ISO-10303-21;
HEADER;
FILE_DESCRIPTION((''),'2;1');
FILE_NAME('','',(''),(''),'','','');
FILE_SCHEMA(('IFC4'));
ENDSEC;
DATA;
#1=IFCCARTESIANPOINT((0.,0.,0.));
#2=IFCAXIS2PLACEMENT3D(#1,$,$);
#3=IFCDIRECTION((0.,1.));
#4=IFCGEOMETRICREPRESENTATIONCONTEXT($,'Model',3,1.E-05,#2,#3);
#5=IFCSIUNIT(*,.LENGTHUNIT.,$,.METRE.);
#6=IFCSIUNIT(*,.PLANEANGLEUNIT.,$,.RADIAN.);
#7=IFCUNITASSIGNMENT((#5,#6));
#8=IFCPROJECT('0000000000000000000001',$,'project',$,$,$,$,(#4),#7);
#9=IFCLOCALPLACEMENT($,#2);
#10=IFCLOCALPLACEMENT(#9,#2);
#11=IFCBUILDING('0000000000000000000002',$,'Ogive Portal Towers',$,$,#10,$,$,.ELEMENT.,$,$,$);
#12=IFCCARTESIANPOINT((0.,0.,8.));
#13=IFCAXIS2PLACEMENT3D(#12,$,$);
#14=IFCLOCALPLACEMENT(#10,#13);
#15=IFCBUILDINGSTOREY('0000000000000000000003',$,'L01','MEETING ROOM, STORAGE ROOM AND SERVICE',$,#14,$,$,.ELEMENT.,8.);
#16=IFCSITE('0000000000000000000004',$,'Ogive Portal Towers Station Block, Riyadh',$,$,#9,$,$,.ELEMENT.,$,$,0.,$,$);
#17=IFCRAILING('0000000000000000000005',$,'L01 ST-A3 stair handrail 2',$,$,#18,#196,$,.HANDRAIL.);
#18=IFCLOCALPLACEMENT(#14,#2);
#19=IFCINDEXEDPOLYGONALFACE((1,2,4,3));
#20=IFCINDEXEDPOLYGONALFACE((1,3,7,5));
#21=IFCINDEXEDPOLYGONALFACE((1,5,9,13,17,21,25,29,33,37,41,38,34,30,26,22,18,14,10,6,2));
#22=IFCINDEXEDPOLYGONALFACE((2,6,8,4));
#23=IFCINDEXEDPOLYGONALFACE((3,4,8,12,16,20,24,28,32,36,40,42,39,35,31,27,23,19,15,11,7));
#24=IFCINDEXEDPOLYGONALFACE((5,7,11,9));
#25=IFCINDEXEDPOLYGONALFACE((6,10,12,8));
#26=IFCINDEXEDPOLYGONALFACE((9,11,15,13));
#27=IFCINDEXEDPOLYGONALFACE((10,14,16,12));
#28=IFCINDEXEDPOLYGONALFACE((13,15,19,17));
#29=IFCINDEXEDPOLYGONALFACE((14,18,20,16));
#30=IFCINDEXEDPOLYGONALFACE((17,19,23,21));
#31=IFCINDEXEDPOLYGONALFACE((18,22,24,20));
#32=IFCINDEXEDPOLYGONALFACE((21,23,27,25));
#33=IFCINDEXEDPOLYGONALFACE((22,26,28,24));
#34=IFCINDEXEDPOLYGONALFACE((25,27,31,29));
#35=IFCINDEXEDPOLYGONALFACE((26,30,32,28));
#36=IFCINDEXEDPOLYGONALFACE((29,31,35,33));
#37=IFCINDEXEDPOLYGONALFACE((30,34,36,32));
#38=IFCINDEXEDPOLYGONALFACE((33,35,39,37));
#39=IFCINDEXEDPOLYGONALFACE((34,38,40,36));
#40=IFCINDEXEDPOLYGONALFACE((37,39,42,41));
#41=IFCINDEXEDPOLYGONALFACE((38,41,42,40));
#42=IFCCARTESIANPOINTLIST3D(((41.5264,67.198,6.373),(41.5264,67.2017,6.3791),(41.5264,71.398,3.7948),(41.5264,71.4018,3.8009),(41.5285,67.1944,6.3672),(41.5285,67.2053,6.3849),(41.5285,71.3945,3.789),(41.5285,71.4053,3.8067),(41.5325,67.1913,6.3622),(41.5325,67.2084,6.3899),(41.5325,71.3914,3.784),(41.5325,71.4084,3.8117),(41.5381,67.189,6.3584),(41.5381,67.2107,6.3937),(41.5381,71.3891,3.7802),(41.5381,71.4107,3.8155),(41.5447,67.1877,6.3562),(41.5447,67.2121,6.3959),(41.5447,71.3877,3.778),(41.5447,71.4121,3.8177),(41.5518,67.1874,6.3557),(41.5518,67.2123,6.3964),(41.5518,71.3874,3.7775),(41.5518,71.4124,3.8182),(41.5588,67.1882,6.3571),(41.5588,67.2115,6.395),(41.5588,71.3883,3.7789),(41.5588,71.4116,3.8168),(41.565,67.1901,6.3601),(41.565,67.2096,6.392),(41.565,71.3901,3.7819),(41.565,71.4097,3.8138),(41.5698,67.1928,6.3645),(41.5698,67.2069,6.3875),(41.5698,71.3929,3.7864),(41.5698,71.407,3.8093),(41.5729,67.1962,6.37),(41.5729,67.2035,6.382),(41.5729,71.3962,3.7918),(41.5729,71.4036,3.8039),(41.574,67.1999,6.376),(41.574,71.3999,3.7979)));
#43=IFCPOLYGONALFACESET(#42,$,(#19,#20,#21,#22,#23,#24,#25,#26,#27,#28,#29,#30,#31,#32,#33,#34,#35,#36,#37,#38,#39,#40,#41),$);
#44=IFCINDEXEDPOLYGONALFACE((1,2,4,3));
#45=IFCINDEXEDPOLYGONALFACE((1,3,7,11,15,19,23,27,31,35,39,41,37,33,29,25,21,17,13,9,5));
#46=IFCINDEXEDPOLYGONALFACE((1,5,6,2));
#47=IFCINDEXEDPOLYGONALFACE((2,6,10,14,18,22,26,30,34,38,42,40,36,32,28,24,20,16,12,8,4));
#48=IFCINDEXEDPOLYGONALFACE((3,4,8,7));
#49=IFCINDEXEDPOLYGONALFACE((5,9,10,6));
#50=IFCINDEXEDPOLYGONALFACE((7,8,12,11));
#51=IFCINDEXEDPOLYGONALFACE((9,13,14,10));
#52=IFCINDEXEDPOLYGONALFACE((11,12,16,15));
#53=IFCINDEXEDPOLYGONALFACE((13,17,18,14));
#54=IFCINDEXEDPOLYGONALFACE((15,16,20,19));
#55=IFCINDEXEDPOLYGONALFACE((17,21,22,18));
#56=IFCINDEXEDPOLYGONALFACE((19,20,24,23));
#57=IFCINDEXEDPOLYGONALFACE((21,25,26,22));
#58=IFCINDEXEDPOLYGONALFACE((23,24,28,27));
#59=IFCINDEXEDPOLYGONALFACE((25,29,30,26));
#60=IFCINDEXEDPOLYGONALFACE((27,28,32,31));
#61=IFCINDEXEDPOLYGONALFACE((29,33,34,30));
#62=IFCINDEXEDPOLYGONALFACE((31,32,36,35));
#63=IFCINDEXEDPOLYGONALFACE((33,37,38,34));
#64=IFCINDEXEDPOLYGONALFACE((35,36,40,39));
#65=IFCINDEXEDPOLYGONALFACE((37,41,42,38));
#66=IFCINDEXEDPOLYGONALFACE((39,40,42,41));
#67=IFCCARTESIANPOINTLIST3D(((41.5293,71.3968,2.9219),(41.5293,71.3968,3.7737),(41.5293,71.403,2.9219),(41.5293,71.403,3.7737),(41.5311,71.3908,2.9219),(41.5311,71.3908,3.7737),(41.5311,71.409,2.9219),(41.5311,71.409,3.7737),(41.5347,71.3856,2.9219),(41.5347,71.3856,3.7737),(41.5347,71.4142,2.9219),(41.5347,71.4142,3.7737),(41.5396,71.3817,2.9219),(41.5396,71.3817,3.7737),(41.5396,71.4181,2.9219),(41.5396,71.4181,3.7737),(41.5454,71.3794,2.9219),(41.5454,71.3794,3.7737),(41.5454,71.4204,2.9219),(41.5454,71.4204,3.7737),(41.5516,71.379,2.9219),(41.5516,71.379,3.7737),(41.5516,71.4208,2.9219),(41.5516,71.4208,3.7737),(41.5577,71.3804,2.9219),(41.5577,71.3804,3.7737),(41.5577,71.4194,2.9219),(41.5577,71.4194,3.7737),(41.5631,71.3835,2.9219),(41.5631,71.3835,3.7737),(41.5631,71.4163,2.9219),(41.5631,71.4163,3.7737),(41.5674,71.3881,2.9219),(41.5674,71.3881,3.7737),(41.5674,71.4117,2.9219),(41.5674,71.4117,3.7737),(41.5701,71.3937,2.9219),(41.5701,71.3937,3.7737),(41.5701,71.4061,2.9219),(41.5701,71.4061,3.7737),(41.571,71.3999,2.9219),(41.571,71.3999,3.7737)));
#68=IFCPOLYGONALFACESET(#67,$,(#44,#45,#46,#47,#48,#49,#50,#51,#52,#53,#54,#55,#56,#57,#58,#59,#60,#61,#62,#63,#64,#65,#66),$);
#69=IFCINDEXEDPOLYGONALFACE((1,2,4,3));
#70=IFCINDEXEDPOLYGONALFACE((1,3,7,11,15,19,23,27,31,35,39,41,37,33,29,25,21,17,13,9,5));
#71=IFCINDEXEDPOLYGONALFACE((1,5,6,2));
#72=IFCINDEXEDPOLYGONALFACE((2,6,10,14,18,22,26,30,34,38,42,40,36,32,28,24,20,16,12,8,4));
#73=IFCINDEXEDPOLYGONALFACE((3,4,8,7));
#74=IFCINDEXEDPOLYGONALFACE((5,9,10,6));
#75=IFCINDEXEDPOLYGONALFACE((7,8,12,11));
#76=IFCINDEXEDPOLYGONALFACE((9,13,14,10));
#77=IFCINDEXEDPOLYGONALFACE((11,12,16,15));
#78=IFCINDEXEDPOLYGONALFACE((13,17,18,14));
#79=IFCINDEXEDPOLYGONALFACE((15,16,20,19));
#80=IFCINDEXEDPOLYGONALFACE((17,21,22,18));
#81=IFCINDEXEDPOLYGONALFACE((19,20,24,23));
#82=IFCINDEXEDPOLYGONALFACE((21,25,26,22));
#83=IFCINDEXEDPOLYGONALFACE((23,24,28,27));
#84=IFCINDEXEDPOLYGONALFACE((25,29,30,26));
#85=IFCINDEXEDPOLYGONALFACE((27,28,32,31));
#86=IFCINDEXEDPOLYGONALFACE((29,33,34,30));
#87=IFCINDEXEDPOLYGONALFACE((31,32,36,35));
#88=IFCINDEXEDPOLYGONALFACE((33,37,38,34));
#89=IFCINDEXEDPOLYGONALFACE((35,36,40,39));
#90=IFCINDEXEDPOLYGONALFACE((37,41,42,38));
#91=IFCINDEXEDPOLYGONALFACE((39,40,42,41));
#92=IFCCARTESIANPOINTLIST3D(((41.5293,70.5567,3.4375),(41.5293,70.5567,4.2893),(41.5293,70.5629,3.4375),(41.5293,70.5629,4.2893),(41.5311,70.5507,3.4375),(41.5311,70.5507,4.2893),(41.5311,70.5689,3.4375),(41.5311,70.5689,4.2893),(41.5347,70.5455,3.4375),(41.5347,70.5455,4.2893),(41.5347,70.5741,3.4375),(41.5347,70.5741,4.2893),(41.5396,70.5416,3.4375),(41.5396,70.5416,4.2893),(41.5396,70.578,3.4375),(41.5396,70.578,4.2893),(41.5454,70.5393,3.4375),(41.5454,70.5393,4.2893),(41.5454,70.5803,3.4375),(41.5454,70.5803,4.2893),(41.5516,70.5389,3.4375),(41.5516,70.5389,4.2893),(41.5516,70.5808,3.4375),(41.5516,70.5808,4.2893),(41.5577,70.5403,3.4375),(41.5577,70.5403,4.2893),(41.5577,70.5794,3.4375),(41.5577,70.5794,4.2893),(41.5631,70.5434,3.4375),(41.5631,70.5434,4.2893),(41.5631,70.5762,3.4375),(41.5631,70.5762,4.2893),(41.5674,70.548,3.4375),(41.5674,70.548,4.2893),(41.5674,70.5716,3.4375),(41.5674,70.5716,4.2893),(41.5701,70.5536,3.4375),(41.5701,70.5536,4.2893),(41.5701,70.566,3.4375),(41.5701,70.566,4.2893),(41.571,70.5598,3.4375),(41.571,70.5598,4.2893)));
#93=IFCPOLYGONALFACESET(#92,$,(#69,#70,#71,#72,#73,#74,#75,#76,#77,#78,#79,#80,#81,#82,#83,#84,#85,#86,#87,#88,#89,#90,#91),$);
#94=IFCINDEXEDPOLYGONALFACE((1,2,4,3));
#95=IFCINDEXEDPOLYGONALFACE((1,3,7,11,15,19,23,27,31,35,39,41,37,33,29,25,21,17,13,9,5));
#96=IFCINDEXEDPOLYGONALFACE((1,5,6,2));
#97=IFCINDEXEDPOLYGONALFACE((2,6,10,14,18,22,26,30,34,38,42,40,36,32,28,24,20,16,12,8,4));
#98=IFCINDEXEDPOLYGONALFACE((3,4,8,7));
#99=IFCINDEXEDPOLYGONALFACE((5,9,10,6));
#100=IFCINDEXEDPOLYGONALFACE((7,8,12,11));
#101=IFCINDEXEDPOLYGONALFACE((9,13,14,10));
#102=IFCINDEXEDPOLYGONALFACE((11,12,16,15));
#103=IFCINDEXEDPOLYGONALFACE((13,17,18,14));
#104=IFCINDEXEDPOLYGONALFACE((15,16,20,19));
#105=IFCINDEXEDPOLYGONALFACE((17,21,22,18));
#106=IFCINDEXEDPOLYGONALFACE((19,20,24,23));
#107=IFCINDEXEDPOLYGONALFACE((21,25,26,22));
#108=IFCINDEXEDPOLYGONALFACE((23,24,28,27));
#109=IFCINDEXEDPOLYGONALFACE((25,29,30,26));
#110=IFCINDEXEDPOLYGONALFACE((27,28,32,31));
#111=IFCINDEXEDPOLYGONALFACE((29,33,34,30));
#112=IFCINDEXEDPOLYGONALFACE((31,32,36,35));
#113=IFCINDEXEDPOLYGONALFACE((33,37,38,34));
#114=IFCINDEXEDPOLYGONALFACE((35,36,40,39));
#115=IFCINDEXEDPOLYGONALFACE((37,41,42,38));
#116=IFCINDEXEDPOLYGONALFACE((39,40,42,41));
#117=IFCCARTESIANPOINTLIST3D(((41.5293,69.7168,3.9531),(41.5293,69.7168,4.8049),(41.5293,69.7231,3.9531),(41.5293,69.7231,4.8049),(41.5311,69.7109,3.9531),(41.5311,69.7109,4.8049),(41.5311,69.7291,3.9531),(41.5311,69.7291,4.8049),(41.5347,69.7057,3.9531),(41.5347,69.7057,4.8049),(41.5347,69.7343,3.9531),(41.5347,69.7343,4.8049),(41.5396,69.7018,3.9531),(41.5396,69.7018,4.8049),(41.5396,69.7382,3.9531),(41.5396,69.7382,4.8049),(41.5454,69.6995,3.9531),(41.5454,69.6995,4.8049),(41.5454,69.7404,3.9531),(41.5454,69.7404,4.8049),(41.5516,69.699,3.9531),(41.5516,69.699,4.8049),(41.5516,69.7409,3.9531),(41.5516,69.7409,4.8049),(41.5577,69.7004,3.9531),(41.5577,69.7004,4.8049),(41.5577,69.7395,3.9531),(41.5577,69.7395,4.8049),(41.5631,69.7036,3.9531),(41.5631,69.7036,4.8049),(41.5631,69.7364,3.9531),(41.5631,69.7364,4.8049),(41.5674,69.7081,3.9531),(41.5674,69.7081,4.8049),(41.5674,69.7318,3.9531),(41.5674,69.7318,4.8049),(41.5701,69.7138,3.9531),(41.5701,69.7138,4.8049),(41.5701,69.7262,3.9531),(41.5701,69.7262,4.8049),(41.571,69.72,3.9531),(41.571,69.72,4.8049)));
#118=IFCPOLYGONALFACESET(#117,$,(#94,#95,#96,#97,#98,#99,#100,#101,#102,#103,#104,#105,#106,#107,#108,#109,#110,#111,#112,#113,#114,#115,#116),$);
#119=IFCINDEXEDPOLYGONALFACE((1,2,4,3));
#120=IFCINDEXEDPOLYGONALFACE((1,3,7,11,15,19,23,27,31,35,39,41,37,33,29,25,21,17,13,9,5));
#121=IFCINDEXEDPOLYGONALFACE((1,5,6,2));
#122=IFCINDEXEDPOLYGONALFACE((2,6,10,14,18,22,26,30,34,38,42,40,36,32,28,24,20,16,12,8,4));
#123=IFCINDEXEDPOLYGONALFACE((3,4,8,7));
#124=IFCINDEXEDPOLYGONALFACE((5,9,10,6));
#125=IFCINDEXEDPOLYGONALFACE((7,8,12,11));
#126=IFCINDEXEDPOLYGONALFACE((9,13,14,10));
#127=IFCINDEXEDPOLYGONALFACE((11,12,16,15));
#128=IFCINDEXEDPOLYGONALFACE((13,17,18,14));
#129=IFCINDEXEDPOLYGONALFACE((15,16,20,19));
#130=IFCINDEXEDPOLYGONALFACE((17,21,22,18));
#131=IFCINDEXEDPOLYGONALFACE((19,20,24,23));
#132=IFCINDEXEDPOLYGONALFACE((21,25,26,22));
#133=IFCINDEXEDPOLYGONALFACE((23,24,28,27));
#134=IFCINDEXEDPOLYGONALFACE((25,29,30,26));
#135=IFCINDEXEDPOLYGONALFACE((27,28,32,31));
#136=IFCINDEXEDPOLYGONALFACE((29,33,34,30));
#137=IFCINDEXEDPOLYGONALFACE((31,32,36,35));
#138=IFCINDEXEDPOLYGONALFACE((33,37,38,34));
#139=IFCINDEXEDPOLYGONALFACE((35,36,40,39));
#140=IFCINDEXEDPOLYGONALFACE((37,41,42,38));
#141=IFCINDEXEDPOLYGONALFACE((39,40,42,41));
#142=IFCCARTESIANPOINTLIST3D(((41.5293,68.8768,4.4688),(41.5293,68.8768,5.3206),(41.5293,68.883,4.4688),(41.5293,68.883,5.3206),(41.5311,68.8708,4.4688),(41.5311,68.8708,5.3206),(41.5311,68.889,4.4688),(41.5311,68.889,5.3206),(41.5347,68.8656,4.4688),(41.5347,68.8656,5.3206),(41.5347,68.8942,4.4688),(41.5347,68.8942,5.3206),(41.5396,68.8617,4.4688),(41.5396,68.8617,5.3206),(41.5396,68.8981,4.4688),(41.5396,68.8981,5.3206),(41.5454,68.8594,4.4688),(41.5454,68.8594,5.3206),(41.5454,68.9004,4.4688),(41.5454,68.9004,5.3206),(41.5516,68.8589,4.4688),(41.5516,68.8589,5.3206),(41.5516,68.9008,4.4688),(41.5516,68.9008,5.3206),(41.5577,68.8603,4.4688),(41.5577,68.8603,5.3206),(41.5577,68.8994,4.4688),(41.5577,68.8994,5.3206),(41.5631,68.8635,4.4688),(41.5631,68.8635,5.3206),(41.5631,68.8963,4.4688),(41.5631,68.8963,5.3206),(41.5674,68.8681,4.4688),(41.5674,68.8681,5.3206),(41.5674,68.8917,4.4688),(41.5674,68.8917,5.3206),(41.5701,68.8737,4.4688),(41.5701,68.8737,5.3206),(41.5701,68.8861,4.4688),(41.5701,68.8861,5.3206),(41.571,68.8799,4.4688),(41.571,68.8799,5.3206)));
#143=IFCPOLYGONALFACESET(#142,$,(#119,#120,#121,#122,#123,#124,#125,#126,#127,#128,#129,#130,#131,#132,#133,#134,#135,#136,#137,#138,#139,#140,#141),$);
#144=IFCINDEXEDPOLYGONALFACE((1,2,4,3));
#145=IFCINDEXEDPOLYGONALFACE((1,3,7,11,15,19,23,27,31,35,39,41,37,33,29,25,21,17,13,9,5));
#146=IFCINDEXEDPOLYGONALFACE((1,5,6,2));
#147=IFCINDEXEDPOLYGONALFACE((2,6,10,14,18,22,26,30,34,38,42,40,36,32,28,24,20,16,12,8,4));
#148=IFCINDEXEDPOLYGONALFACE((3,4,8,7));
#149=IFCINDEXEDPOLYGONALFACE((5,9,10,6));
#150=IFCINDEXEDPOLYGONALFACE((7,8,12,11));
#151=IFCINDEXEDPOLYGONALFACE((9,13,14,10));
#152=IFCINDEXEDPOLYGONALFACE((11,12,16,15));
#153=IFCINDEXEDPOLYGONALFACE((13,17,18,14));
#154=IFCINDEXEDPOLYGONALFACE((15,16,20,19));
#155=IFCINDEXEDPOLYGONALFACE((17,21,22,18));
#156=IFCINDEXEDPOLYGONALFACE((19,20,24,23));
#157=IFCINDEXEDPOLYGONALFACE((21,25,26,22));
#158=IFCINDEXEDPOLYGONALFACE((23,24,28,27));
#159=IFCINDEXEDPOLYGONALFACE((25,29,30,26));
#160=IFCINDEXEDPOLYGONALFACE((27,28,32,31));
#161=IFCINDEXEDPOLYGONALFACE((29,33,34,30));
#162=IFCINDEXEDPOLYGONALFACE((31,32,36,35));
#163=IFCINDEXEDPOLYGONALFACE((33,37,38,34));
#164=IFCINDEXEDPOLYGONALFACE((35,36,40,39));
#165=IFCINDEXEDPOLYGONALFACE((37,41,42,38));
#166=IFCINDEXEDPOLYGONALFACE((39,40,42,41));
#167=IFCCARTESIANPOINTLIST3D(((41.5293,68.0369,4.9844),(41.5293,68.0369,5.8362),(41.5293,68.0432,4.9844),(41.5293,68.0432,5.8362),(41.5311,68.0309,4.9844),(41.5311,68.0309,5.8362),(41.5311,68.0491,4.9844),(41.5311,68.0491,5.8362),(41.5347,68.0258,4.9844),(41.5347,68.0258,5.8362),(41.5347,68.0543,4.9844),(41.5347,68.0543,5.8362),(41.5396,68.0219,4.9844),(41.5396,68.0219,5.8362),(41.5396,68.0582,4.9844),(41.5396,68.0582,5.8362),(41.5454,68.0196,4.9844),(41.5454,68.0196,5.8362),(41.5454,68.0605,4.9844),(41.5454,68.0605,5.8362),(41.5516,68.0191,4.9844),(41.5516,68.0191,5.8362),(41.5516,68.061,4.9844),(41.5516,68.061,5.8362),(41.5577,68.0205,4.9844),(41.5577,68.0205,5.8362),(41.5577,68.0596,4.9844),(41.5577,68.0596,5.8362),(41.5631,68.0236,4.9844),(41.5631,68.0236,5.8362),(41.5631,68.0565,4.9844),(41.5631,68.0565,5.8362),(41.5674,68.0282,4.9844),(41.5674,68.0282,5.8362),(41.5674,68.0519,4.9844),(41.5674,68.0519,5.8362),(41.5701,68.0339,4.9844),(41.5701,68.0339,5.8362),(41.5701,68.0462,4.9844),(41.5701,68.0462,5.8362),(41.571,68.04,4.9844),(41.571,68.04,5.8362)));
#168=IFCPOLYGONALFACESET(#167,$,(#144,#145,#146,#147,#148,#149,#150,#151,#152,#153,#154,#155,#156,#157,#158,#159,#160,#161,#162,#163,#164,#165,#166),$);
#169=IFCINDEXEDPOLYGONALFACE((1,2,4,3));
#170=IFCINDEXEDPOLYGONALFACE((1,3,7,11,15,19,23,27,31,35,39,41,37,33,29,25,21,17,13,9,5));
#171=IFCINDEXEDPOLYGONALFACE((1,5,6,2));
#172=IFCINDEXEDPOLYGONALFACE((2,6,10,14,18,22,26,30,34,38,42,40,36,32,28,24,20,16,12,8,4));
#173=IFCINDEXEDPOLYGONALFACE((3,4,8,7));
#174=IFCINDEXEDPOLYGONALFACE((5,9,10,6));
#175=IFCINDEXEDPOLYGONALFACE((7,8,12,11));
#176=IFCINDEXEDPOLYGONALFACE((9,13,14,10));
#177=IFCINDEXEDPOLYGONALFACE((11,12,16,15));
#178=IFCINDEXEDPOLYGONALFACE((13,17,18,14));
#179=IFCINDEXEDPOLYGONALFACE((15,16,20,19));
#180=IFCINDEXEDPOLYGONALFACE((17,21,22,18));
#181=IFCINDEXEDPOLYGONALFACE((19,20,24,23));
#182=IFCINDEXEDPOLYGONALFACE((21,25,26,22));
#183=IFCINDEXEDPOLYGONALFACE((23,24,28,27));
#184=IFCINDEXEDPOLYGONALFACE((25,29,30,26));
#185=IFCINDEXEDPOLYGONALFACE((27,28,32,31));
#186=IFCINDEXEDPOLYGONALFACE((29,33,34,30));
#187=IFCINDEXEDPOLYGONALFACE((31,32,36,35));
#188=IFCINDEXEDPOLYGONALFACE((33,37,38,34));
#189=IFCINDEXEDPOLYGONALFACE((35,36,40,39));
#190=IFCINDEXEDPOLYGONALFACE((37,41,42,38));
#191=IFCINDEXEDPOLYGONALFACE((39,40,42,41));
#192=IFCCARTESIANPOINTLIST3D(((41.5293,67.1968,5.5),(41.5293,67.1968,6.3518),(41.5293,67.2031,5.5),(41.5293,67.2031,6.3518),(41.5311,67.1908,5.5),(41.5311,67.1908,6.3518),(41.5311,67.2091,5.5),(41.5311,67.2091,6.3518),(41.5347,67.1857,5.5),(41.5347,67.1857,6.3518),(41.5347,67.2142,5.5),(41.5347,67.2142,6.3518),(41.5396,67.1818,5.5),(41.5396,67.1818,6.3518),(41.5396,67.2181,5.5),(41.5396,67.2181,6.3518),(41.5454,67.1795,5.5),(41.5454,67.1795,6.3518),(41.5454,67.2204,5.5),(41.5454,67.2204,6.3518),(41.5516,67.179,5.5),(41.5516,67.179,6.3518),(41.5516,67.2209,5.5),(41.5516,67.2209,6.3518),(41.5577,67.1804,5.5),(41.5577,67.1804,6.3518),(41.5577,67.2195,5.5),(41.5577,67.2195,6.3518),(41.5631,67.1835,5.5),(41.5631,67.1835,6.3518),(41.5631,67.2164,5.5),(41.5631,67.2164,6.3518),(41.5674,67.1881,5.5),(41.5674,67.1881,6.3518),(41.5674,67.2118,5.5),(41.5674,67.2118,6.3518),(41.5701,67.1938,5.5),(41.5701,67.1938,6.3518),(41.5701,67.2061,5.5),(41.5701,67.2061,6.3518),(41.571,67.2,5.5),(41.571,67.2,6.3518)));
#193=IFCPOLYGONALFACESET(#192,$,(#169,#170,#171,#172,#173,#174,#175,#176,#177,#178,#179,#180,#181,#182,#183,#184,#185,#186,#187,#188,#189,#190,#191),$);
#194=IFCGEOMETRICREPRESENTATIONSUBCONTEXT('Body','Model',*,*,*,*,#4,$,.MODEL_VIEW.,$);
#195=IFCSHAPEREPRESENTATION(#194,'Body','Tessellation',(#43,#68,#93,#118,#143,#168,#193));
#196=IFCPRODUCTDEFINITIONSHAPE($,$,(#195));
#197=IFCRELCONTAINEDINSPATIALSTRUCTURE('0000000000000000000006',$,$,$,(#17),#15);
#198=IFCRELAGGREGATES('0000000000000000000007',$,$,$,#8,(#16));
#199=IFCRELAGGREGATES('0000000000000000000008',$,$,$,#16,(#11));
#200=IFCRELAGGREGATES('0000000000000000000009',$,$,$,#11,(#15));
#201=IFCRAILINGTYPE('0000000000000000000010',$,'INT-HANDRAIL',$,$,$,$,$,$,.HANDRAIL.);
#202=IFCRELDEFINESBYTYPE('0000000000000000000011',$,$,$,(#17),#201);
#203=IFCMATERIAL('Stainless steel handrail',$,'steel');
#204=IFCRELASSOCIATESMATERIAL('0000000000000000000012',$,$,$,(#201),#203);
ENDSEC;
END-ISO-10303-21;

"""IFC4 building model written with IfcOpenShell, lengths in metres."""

from ifc_helpers import new_model, si_unit, direction, frame, origin, origin_2d, place, context, subcontext, project, spatial, circle, extrude, material, type_object, element, save


model = new_model("IFC4")

# Units and contexts
model_context = context("Model", 3, precision=1e-05, world=origin(), true_north=direction((0.0, 1.0)))
body_context = subcontext(model_context, "Body", "Model", "MODEL_VIEW")
ifc_project = project(units=[si_unit("LENGTHUNIT", "METRE"), si_unit("PLANEANGLEUNIT", "RADIAN")], contexts=[model_context])

# Site, building, storey
site_placement = place(None, origin())
site = spatial("IfcSite", under=ifc_project, at=site_placement, Name="Ogive Portal Towers Station Block, Riyadh", CompositionType="ELEMENT", RefElevation=0.0)
building_placement = place(site_placement, origin())
building = spatial("IfcBuilding", under=site, at=building_placement, Name="Ogive Portal Towers", CompositionType="ELEMENT")
storey_placement = place(building_placement, frame((0.0, 0.0, 8.0)))
storey = spatial("IfcBuildingStorey", under=building, at=storey_placement, Name="L01", Description="MEETING ROOM, STORAGE ROOM AND SERVICE", CompositionType="ELEMENT", Elevation=8.0)

# Railing
ifc_material_1 = material(Name="Stainless steel handrail", Category="steel")
railing_type_1 = type_object("IfcRailingType", Name="INT-HANDRAIL", PredefinedType="HANDRAIL", material=ifc_material_1)
railing_1_placement = place(storey_placement, frame((41.55, 71.3999, 2.9219)))
element("IfcRailing", 1, at=railing_1_placement, inside=storey, type_object=railing_type_1, Name="L01 ST-A3 stair handrail 2", PredefinedType="HANDRAIL", context=body_context, shape_type="SweptSolid", body=[
    extrude(circle(Radius=0.0239, at=origin_2d()), frame((0.0, 0.0, 0.876), z_axis=(0.0, -0.852243, 0.523146), x_axis=(1.0, 0.0, 0.0)), (0.0, 0.0, 1.0), 4.9282),
    extrude(circle(Radius=0.021, at=origin_2d()), origin(), (0.0, 0.0, 1.0), 0.8518),
    extrude(circle(Radius=0.021, at=origin_2d()), frame((0.0, -0.8401, 0.5156)), (0.0, 0.0, 1.0), 0.8518),
    extrude(circle(Radius=0.021, at=origin_2d()), frame((0.0, -1.6799, 1.0312)), (0.0, 0.0, 1.0), 0.8518),
    extrude(circle(Radius=0.021, at=origin_2d()), frame((0.0, -2.52, 1.5469)), (0.0, 0.0, 1.0), 0.8518),
    extrude(circle(Radius=0.021, at=origin_2d()), frame((0.0, -3.3599, 2.0625)), (0.0, 0.0, 1.0), 0.8518),
    extrude(circle(Radius=0.021, at=origin_2d()), frame((0.0, -4.2, 2.5781)), (0.0, 0.0, 1.0), 0.8518),
])

save(model, "model.ifc")
